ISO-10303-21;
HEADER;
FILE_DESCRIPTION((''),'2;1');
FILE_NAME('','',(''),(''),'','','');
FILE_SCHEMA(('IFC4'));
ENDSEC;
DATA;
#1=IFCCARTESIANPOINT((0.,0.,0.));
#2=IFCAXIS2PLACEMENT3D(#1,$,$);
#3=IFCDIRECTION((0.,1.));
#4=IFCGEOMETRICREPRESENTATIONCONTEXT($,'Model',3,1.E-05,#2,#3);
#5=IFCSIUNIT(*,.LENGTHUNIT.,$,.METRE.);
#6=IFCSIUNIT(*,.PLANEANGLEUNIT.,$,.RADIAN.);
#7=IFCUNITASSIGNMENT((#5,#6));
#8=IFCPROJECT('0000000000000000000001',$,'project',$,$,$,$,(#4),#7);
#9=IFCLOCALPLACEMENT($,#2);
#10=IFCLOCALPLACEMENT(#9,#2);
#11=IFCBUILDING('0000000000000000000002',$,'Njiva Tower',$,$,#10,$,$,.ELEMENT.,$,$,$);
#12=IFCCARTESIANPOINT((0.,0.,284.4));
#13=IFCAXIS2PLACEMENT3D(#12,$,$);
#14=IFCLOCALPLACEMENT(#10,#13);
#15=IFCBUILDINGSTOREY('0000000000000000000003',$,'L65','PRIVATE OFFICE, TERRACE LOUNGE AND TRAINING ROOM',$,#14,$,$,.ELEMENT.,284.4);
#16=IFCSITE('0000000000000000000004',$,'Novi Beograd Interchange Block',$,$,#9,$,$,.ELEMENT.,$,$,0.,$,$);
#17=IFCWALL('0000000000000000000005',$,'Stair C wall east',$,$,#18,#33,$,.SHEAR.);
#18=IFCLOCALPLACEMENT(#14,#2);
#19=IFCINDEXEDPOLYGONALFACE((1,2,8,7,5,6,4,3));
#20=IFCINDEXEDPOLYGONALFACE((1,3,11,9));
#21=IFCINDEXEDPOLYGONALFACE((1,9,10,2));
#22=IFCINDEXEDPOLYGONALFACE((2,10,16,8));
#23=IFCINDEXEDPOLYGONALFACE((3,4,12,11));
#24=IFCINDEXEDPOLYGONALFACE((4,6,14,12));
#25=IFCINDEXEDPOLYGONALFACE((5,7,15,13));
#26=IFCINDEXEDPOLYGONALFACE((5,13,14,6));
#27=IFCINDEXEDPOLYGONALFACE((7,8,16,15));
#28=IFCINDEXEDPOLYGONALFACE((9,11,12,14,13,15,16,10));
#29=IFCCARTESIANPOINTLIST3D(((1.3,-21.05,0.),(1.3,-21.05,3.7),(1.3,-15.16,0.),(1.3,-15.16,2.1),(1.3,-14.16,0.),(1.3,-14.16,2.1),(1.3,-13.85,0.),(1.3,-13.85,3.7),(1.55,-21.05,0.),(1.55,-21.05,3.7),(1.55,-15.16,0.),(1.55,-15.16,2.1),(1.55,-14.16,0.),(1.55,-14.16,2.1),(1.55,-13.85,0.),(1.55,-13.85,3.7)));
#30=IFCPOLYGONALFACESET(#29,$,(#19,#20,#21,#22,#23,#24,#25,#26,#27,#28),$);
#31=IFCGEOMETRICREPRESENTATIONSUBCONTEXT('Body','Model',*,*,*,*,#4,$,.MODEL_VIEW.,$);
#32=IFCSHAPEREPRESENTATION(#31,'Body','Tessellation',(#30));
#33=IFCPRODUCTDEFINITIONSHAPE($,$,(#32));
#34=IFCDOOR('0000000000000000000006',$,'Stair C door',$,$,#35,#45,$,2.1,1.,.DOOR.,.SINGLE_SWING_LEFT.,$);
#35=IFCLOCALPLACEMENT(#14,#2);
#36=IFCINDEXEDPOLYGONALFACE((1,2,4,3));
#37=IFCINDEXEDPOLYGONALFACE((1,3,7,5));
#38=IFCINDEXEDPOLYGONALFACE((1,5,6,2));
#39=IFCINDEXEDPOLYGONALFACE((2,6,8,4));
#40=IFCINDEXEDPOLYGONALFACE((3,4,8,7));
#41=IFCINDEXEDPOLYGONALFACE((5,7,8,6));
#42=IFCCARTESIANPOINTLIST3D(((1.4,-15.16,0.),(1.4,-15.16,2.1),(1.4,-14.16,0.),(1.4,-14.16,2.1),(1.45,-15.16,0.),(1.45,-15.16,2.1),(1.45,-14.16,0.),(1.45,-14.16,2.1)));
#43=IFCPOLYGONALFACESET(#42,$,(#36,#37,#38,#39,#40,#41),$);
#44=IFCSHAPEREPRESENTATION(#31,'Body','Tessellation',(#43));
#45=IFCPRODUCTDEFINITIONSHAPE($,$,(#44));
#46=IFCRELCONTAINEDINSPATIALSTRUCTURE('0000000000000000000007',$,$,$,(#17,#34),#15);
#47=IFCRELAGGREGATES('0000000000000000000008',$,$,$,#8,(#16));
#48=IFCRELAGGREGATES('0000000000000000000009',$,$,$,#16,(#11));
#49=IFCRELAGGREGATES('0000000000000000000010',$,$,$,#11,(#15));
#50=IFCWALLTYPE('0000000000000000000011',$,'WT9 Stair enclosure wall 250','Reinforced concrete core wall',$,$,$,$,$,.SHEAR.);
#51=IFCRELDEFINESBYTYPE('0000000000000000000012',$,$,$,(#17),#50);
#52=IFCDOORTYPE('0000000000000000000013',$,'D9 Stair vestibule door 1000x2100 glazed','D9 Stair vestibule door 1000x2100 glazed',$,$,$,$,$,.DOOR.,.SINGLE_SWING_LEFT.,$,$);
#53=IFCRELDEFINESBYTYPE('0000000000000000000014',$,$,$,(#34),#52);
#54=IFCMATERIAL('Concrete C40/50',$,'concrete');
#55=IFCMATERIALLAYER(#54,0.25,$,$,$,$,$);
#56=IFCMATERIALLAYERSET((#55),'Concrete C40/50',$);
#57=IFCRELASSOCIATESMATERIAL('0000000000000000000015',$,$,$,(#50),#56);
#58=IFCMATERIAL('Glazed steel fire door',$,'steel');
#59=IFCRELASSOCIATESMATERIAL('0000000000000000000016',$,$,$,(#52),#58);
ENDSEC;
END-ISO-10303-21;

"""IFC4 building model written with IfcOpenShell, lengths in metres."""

from ifc_helpers import new_model, si_unit, direction, frame, frame_2d, origin, place, context, subcontext, project, spatial, rectangle, extrude, material, layer, layer_set, type_object, element, fill, save


model = new_model("IFC4")

# Units and contexts
model_context = context("Model", 3, precision=1e-05, world=origin(), true_north=direction((0.0, 1.0)))
body_context = subcontext(model_context, "Body", "Model", "MODEL_VIEW")
ifc_project = project(units=[si_unit("LENGTHUNIT", "METRE"), si_unit("PLANEANGLEUNIT", "RADIAN")], contexts=[model_context])

# Site, building, storey
site_placement = place(None, origin())
site = spatial("IfcSite", under=ifc_project, at=site_placement, Name="Novi Beograd Interchange Block", CompositionType="ELEMENT", RefElevation=0.0)
building_placement = place(site_placement, origin())
building = spatial("IfcBuilding", under=site, at=building_placement, Name="Njiva Tower", CompositionType="ELEMENT")
storey_placement = place(building_placement, frame((0.0, 0.0, 284.4)))
storey = spatial("IfcBuildingStorey", under=building, at=storey_placement, Name="L65", Description="PRIVATE OFFICE, TERRACE LOUNGE AND TRAINING ROOM", CompositionType="ELEMENT", Elevation=284.4)

# Wall, opening, door
ifc_material_1 = material(Name="Concrete C40/50", Category="concrete")
ifc_layer_1 = layer(ifc_material_1, 0.25)
ifc_layer_set_1 = layer_set([ifc_layer_1], Name="Concrete C40/50")
wall_type_1 = type_object("IfcWallType", Name="WT9 Stair enclosure wall 250", Description="Reinforced concrete core wall", PredefinedType="SHEAR", material=ifc_layer_set_1)
wall_1_placement = place(storey_placement, frame((1.425, -21.05, 0.0), z_axis=(0.0, 0.0, 1.0), x_axis=(0.0, 1.0, 0.0)))
wall_1 = element("IfcWall", 1, at=wall_1_placement, inside=storey, type_object=wall_type_1, Name="Stair C wall east", PredefinedType="SHEAR", context=body_context, shape_type="SweptSolid", body=[
    extrude(rectangle(XDim=7.2, YDim=0.25, at=frame_2d((3.6, 0.0))), origin(), (0.0, 0.0, 1.0), 3.7),
])
opening_1_placement = place(wall_1_placement, frame((5.89, 0.0, 0.0)))
opening_1 = element("IfcOpeningElement", 2, at=opening_1_placement, cuts=wall_1, PredefinedType="OPENING", context=body_context, shape_type="SweptSolid", body=[
    extrude(rectangle(XDim=1.0, YDim=2.1, at=frame_2d((0.5, 1.05))), frame((0.0, 0.135, 0.0), z_axis=(0.0, -1.0, 0.0), x_axis=(1.0, 0.0, 0.0)), (0.0, 0.0, 1.0), 0.27),
])
ifc_material_2 = material(Name="Glazed steel fire door", Category="steel")
door_type = type_object("IfcDoorType", Name="D9 Stair vestibule door 1000x2100 glazed", Description="D9 Stair vestibule door 1000x2100 glazed", OperationType="SINGLE_SWING_LEFT", PredefinedType="DOOR", material=ifc_material_2)
door_placement = place(opening_1_placement, origin())
door = element("IfcDoor", 3, at=door_placement, inside=storey, type_object=door_type, Name="Stair C door", OperationType="SINGLE_SWING_LEFT", OverallHeight=2.1, OverallWidth=1.0, PredefinedType="DOOR", context=body_context, shape_type="SweptSolid", body=[
    extrude(rectangle(XDim=1.0, YDim=2.1, at=frame_2d((0.5, 1.05))), frame((0.0, 0.025, 0.0), z_axis=(0.0, -1.0, 0.0), x_axis=(1.0, 0.0, 0.0)), (0.0, 0.0, 1.0), 0.05),
])
fill(opening_1, door)

save(model, "model.ifc")
